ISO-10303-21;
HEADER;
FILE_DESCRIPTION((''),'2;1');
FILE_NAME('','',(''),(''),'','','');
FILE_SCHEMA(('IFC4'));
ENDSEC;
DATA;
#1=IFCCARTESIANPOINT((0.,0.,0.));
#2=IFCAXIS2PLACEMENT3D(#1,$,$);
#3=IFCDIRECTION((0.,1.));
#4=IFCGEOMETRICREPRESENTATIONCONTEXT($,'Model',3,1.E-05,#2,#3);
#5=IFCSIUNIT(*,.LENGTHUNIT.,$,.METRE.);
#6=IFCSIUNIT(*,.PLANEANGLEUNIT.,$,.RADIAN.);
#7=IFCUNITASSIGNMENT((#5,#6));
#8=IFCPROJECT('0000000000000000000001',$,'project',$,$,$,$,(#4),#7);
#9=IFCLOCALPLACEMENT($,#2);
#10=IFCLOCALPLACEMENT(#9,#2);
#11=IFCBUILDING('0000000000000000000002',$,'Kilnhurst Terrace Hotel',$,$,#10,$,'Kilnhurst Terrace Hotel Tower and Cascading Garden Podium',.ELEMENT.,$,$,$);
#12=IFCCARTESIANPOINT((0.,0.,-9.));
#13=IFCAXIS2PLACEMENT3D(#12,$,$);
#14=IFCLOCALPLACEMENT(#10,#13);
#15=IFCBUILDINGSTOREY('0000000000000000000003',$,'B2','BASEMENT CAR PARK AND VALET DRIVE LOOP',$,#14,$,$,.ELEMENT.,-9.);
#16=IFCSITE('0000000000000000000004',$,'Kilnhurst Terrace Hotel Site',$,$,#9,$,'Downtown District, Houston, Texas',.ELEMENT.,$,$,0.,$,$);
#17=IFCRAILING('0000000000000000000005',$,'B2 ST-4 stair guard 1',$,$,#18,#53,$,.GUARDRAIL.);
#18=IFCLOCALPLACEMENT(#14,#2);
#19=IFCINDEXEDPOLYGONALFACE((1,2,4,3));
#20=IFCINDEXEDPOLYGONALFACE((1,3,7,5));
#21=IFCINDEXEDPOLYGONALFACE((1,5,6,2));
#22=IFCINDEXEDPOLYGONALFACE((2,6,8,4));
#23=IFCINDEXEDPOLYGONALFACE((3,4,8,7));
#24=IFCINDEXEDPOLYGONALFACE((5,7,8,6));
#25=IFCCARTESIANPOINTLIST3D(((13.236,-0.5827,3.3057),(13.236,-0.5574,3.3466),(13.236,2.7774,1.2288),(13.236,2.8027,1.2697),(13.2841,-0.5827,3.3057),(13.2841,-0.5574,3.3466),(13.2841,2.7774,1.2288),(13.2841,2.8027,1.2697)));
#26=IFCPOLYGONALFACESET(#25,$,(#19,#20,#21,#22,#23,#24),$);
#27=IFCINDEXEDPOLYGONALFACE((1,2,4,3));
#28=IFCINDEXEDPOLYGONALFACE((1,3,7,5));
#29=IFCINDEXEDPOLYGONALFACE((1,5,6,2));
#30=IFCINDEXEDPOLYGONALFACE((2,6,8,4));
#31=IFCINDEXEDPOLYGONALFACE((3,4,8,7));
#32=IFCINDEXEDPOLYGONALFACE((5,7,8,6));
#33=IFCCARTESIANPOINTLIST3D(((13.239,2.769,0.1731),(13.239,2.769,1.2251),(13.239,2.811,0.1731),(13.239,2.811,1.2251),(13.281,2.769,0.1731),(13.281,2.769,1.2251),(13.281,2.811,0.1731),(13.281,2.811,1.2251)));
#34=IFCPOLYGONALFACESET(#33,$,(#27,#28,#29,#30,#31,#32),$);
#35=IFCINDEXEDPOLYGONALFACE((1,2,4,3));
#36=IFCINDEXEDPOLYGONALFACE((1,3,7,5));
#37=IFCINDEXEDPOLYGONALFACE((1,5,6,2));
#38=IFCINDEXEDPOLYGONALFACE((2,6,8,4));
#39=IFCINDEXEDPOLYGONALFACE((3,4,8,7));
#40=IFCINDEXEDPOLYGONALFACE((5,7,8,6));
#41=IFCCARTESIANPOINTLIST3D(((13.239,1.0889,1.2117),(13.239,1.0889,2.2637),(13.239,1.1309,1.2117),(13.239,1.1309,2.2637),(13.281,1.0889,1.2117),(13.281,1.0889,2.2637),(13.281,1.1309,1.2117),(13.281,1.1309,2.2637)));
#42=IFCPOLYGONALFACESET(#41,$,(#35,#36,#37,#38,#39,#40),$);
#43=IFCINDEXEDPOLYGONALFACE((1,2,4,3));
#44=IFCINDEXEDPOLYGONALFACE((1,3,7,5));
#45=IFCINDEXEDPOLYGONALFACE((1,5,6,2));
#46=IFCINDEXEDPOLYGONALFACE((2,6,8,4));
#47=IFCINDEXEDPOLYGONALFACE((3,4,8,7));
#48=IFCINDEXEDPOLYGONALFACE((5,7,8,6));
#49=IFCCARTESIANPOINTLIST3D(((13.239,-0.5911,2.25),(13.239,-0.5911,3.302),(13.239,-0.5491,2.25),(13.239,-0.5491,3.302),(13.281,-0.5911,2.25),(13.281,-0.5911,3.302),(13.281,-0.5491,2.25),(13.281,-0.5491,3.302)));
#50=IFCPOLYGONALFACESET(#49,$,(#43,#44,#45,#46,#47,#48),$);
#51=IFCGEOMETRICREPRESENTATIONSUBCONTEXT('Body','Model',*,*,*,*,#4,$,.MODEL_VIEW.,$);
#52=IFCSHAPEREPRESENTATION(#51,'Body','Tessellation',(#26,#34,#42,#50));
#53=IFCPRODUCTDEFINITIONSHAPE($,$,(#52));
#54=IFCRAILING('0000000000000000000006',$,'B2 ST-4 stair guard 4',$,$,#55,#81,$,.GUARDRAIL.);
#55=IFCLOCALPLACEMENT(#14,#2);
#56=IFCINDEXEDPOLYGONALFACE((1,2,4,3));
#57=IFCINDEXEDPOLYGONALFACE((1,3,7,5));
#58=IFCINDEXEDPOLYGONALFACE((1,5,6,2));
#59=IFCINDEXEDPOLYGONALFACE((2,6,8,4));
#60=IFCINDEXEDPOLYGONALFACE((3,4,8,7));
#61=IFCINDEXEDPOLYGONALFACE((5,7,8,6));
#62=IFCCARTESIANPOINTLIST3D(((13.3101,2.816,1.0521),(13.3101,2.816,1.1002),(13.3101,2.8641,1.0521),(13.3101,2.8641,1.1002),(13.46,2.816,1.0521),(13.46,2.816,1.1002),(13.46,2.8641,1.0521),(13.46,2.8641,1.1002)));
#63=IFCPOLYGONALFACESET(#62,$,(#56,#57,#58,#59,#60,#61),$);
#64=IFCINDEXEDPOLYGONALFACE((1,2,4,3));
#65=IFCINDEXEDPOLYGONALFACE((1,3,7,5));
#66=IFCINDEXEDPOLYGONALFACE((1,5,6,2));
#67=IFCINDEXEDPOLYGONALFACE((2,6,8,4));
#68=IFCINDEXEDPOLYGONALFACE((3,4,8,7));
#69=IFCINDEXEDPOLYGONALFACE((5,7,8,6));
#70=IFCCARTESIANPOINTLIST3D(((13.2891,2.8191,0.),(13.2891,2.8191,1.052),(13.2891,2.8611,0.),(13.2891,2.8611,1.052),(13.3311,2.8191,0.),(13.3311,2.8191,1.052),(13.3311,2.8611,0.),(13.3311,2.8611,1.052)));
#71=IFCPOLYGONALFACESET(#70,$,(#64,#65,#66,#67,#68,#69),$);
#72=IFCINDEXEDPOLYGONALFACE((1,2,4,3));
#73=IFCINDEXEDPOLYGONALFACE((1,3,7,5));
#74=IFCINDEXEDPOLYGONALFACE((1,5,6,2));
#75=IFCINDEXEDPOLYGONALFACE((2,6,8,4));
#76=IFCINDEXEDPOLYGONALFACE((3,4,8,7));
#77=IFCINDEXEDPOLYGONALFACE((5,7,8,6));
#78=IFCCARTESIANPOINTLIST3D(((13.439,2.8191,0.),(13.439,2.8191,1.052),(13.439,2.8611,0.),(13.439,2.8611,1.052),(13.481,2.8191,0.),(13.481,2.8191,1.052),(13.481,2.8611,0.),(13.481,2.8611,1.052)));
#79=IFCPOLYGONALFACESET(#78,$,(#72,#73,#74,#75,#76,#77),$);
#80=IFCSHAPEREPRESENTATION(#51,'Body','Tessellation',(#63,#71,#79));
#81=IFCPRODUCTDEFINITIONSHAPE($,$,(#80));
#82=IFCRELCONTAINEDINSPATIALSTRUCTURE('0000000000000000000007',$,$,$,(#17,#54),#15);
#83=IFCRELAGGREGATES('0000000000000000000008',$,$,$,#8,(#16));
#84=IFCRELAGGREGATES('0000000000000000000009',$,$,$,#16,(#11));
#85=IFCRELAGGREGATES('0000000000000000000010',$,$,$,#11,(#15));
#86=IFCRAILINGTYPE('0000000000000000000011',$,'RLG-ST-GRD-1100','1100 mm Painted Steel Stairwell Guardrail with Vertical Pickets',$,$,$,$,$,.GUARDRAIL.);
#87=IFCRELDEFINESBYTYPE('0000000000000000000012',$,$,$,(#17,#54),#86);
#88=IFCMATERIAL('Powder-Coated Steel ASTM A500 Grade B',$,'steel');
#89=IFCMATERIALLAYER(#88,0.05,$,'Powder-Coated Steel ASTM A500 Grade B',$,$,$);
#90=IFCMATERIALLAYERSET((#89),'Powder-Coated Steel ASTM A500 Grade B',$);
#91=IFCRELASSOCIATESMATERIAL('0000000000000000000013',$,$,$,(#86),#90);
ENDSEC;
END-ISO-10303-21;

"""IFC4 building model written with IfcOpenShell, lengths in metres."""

from ifc_helpers import new_model, si_unit, direction, frame, origin, origin_2d, place, context, subcontext, project, spatial, rectangle, extrude, material, layer, layer_set, type_object, element, save


model = new_model("IFC4")

# Units and contexts
model_context = context("Model", 3, precision=1e-05, world=origin(), true_north=direction((0.0, 1.0)))
body_context = subcontext(model_context, "Body", "Model", "MODEL_VIEW")
ifc_project = project(units=[si_unit("LENGTHUNIT", "METRE"), si_unit("PLANEANGLEUNIT", "RADIAN")], contexts=[model_context])

# Site, building, storey
site_placement = place(None, origin())
site = spatial("IfcSite", under=ifc_project, at=site_placement, Name="Kilnhurst Terrace Hotel Site", LongName="Downtown District, Houston, Texas", CompositionType="ELEMENT", RefElevation=0.0)
building_placement = place(site_placement, origin())
building = spatial("IfcBuilding", under=site, at=building_placement, Name="Kilnhurst Terrace Hotel", LongName="Kilnhurst Terrace Hotel Tower and Cascading Garden Podium", CompositionType="ELEMENT")
storey_placement = place(building_placement, frame((0.0, 0.0, -9.0)))
storey = spatial("IfcBuildingStorey", under=building, at=storey_placement, Name="B2", Description="BASEMENT CAR PARK AND VALET DRIVE LOOP", CompositionType="ELEMENT", Elevation=-9.0)

# Railings
ifc_material_1 = material(Name="Powder-Coated Steel ASTM A500 Grade B", Category="steel")
ifc_layer_1 = layer(ifc_material_1, 0.05, Name="Powder-Coated Steel ASTM A500 Grade B")
ifc_layer_set_1 = layer_set([ifc_layer_1], Name="Powder-Coated Steel ASTM A500 Grade B")
railing_type = type_object("IfcRailingType", Name="RLG-ST-GRD-1100", Description="1100 mm Painted Steel Stairwell Guardrail with Vertical Pickets", PredefinedType="GUARDRAIL", material=ifc_layer_set_1)
railing_1_placement = place(storey_placement, frame((13.26, 2.79, 0.1731)))
element("IfcRailing", 1, at=railing_1_placement, inside=storey, type_object=railing_type, Name="B2 ST-4 stair guard 1", PredefinedType="GUARDRAIL", context=body_context, shape_type="SweptSolid", body=[
    extrude(rectangle(XDim=0.0481, YDim=0.0481, at=origin_2d()), frame((0.0, 0.0, 1.0762), z_axis=(0.0, -0.850623, 0.525776), x_axis=(1.0, 0.0, 0.0)), (0.0, 0.0, 1.0), 3.9502),
    extrude(rectangle(XDim=0.042, YDim=0.042, at=origin_2d()), origin(), (0.0, 0.0, 1.0), 1.052),
    extrude(rectangle(XDim=0.042, YDim=0.042, at=origin_2d()), frame((0.0, -1.6802, 1.0386)), (0.0, 0.0, 1.0), 1.052),
    extrude(rectangle(XDim=0.042, YDim=0.042, at=origin_2d()), frame((0.0, -3.3601, 2.0769)), (0.0, 0.0, 1.0), 1.052),
])
railing_2_placement = place(storey_placement, frame((13.3101, 2.8401, 0.0)))
element("IfcRailing", 2, at=railing_2_placement, inside=storey, type_object=railing_type, Name="B2 ST-4 stair guard 4", PredefinedType="GUARDRAIL", context=body_context, shape_type="SweptSolid", body=[
    extrude(rectangle(XDim=0.0481, YDim=0.0481, at=origin_2d()), frame((0.0, 0.0, 1.0762), z_axis=(1.0, 0.0, 0.0), x_axis=(0.0, 1.0, 0.0)), (0.0, 0.0, 1.0), 0.1499),
    extrude(rectangle(XDim=0.042, YDim=0.042, at=origin_2d()), origin(), (0.0, 0.0, 1.0), 1.052),
    extrude(rectangle(XDim=0.042, YDim=0.042, at=origin_2d()), frame((0.1499, 0.0, 0.0)), (0.0, 0.0, 1.0), 1.052),
])

save(model, "model.ifc")
